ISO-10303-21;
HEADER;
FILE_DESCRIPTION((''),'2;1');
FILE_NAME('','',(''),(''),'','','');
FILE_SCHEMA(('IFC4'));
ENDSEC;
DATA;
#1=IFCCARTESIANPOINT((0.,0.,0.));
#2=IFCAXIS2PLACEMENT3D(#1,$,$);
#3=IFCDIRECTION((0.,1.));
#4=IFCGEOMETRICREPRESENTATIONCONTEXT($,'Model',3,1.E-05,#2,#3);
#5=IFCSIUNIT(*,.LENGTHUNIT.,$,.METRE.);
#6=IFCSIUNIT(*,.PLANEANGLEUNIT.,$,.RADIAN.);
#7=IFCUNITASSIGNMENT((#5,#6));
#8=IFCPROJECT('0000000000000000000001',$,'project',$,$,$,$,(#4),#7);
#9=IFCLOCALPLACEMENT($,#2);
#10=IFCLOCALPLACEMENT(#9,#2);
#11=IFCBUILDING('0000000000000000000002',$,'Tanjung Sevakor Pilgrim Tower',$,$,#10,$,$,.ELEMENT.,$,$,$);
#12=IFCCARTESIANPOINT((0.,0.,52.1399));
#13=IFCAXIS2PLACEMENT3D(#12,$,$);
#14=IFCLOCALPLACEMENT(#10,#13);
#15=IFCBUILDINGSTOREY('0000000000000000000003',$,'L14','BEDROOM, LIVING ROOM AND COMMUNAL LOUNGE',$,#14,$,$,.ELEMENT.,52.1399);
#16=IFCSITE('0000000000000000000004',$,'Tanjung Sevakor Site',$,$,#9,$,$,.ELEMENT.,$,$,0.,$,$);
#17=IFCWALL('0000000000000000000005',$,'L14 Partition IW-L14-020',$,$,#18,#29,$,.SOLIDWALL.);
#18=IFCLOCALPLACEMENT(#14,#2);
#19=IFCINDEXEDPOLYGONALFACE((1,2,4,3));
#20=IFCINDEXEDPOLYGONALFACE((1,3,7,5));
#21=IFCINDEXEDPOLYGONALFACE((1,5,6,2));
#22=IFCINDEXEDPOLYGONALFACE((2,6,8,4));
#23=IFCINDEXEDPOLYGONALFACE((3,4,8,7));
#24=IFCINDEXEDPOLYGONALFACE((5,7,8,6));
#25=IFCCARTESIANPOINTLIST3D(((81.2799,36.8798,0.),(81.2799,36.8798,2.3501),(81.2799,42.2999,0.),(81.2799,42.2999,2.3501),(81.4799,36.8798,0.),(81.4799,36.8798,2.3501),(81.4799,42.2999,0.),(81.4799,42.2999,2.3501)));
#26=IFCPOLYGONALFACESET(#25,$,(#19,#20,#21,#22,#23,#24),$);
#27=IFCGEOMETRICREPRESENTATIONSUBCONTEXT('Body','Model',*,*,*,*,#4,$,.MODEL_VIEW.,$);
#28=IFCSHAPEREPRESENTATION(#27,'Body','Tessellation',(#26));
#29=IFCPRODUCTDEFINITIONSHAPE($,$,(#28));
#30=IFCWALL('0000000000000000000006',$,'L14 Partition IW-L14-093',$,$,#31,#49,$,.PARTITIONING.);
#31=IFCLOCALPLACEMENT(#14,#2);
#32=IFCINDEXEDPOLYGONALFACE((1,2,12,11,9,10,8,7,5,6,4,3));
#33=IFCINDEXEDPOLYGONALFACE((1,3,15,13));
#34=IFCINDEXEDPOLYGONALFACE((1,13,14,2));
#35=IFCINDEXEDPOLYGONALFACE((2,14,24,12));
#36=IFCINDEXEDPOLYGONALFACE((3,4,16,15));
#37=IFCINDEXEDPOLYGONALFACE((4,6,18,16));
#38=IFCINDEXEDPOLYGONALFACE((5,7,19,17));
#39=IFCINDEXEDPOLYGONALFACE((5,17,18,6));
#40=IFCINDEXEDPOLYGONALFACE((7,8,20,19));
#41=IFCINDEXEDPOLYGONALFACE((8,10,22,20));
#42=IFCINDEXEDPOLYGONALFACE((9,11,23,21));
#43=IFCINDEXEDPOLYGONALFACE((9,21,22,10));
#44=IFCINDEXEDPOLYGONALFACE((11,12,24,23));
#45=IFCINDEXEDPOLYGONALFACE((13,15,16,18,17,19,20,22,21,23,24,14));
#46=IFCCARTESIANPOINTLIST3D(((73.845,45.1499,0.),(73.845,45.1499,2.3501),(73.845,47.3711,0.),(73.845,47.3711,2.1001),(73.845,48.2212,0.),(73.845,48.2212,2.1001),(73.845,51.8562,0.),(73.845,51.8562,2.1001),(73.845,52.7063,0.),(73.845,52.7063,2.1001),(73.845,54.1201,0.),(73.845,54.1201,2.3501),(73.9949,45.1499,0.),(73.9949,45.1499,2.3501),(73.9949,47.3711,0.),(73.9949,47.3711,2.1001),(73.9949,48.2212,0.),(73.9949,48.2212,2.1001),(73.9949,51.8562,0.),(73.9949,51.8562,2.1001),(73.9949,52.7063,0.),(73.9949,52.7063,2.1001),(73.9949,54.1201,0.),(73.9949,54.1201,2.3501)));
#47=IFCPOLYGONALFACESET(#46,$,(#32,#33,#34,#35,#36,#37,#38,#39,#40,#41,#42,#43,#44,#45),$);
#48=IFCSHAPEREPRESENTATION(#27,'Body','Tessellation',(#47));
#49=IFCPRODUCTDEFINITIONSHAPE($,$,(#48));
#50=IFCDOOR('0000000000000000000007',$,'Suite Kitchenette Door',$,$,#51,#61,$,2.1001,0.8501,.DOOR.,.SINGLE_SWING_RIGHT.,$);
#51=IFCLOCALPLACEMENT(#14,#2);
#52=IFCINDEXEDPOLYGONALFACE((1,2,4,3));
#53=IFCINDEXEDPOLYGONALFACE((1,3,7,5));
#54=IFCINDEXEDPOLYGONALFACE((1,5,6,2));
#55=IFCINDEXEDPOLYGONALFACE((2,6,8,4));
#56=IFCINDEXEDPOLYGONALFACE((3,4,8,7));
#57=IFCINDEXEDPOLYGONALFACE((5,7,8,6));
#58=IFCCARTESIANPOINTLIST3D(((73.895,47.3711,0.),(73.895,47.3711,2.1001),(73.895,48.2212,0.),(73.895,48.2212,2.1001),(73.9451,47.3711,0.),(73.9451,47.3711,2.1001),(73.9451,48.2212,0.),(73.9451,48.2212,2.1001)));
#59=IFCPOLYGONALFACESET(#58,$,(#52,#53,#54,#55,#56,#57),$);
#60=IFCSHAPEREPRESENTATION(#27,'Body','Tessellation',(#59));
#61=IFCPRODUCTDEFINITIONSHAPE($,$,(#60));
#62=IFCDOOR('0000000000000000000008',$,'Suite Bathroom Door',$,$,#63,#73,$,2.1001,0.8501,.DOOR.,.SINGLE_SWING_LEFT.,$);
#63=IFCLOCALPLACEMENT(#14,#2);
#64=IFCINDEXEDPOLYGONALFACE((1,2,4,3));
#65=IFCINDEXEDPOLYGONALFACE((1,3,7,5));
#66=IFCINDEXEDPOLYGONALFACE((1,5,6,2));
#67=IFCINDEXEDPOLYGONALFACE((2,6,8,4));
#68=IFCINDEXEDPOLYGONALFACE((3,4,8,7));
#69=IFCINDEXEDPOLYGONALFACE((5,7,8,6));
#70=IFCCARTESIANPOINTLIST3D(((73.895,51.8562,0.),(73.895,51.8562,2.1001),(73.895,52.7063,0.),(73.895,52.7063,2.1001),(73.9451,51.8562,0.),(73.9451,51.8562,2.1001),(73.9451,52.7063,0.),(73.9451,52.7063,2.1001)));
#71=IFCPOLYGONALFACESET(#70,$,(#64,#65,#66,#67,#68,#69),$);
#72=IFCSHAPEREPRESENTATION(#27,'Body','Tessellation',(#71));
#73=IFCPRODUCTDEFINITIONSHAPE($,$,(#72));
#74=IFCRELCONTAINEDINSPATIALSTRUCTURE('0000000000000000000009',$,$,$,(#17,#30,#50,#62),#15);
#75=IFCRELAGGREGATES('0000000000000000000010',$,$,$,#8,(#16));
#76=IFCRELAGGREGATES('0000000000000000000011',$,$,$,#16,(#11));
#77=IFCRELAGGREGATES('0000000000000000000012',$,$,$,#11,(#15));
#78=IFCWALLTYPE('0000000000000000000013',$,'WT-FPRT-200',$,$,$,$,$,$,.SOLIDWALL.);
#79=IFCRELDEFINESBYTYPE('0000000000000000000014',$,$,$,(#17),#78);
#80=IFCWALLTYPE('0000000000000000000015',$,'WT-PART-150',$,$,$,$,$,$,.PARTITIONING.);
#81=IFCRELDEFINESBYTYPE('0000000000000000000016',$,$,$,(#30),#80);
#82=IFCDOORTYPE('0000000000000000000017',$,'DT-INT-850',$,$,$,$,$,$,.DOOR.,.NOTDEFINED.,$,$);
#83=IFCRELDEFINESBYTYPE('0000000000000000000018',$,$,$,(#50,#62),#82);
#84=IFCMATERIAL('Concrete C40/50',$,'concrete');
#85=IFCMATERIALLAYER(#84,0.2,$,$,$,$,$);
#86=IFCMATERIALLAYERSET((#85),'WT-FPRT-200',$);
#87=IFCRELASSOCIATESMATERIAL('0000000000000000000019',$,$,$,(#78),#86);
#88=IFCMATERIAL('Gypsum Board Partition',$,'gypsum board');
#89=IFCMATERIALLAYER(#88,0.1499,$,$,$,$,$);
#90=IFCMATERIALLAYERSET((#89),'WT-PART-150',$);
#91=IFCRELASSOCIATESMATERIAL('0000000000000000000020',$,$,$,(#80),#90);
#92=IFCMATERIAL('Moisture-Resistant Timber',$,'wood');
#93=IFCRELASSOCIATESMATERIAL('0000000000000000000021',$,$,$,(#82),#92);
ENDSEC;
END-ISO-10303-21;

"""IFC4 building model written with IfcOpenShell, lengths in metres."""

from ifc_helpers import new_model, si_unit, direction, frame, frame_2d, origin, place, context, subcontext, project, spatial, rectangle, extrude, material, layer, layer_set, type_object, element, fill, save


model = new_model("IFC4")

# Units and contexts
model_context = context("Model", 3, precision=1e-05, world=origin(), true_north=direction((0.0, 1.0)))
body_context = subcontext(model_context, "Body", "Model", "MODEL_VIEW")
ifc_project = project(units=[si_unit("LENGTHUNIT", "METRE"), si_unit("PLANEANGLEUNIT", "RADIAN")], contexts=[model_context])

# Site, building, storey
site_placement = place(None, origin())
site = spatial("IfcSite", under=ifc_project, at=site_placement, Name="Tanjung Sevakor Site", CompositionType="ELEMENT", RefElevation=0.0)
building_placement = place(site_placement, origin())
building = spatial("IfcBuilding", under=site, at=building_placement, Name="Tanjung Sevakor Pilgrim Tower", CompositionType="ELEMENT")
storey_placement = place(building_placement, frame((0.0, 0.0, 52.1399)))
storey = spatial("IfcBuildingStorey", under=building, at=storey_placement, Name="L14", Description="BEDROOM, LIVING ROOM AND COMMUNAL LOUNGE", CompositionType="ELEMENT", Elevation=52.1399)

# Wall
ifc_material_1 = material(Name="Concrete C40/50", Category="concrete")
ifc_layer_1 = layer(ifc_material_1, 0.2)
ifc_layer_set_1 = layer_set([ifc_layer_1], Name="WT-FPRT-200")
wall_type_1 = type_object("IfcWallType", Name="WT-FPRT-200", PredefinedType="SOLIDWALL", material=ifc_layer_set_1)
wall_1_placement = place(storey_placement, frame((81.3799, 36.8799, 0.0), z_axis=(0.0, 0.0, 1.0), x_axis=(0.0, 1.0, 0.0)))
element("IfcWall", 1, at=wall_1_placement, inside=storey, type_object=wall_type_1, Name="L14 Partition IW-L14-020", PredefinedType="SOLIDWALL", context=body_context, shape_type="SweptSolid", body=[
    extrude(rectangle(XDim=5.4202, YDim=0.2, at=frame_2d((2.71, 0.0))), origin(), (0.0, 0.0, 1.0), 2.3501),
])

# Wall, openings, doors
ifc_material_2 = material(Name="Gypsum Board Partition", Category="gypsum board")
ifc_layer_2 = layer(ifc_material_2, 0.1499)
ifc_layer_set_2 = layer_set([ifc_layer_2], Name="WT-PART-150")
wall_type_2 = type_object("IfcWallType", Name="WT-PART-150", PredefinedType="PARTITIONING", material=ifc_layer_set_2)
wall_2_placement = place(storey_placement, frame((73.9199, 45.1499, 0.0), z_axis=(0.0, 0.0, 1.0), x_axis=(0.0, 1.0, 0.0)))
wall_2 = element("IfcWall", 2, at=wall_2_placement, inside=storey, type_object=wall_type_2, Name="L14 Partition IW-L14-093", PredefinedType="PARTITIONING", context=body_context, shape_type="SweptSolid", body=[
    extrude(rectangle(XDim=8.9702, YDim=0.1499, at=frame_2d((4.4851, 0.0))), origin(), (0.0, 0.0, 1.0), 2.3501),
])
opening_1_placement = place(wall_2_placement, frame((2.2212, 0.0, 0.0)))
opening_1 = element("IfcOpeningElement", 3, at=opening_1_placement, cuts=wall_2, PredefinedType="OPENING", context=body_context, shape_type="SweptSolid", body=[
    extrude(rectangle(XDim=0.8501, YDim=2.1001, at=frame_2d((0.425, 1.05))), frame((0.0, 0.085, 0.0), z_axis=(0.0, -1.0, 0.0), x_axis=(1.0, 0.0, 0.0)), (0.0, 0.0, 1.0), 0.1699),
])
opening_2_placement = place(wall_2_placement, frame((6.7063, 0.0, 0.0)))
opening_2 = element("IfcOpeningElement", 4, at=opening_2_placement, cuts=wall_2, PredefinedType="OPENING", context=body_context, shape_type="SweptSolid", body=[
    extrude(rectangle(XDim=0.8501, YDim=2.1001, at=frame_2d((0.425, 1.05))), frame((0.0, 0.085, 0.0), z_axis=(0.0, -1.0, 0.0), x_axis=(1.0, 0.0, 0.0)), (0.0, 0.0, 1.0), 0.1699),
])
ifc_material_3 = material(Name="Moisture-Resistant Timber", Category="wood")
door_type_1 = type_object("IfcDoorType", Name="DT-INT-850", OperationType="NOTDEFINED", PredefinedType="DOOR", material=ifc_material_3)
door_1_placement = place(opening_1_placement, origin())
door_1 = element("IfcDoor", 5, at=door_1_placement, inside=storey, type_object=door_type_1, Name="Suite Kitchenette Door", OperationType="SINGLE_SWING_RIGHT", OverallHeight=2.1001, OverallWidth=0.8501, PredefinedType="DOOR", context=body_context, shape_type="SweptSolid", body=[
    extrude(rectangle(XDim=0.8501, YDim=2.1001, at=frame_2d((0.425, 1.05))), frame((0.0, 0.0249, 0.0), z_axis=(0.0, -1.0, 0.0), x_axis=(1.0, 0.0, 0.0)), (0.0, 0.0, 1.0), 0.05),
])
fill(opening_1, door_1)
door_2_placement = place(opening_2_placement, origin())
door_2 = element("IfcDoor", 6, at=door_2_placement, inside=storey, type_object=door_type_1, Name="Suite Bathroom Door", OperationType="SINGLE_SWING_LEFT", OverallHeight=2.1001, OverallWidth=0.8501, PredefinedType="DOOR", context=body_context, shape_type="SweptSolid", body=[
    extrude(rectangle(XDim=0.8501, YDim=2.1001, at=frame_2d((0.425, 1.05))), frame((0.0, 0.0249, 0.0), z_axis=(0.0, -1.0, 0.0), x_axis=(1.0, 0.0, 0.0)), (0.0, 0.0, 1.0), 0.05),
])
fill(opening_2, door_2)

save(model, "model.ifc")
